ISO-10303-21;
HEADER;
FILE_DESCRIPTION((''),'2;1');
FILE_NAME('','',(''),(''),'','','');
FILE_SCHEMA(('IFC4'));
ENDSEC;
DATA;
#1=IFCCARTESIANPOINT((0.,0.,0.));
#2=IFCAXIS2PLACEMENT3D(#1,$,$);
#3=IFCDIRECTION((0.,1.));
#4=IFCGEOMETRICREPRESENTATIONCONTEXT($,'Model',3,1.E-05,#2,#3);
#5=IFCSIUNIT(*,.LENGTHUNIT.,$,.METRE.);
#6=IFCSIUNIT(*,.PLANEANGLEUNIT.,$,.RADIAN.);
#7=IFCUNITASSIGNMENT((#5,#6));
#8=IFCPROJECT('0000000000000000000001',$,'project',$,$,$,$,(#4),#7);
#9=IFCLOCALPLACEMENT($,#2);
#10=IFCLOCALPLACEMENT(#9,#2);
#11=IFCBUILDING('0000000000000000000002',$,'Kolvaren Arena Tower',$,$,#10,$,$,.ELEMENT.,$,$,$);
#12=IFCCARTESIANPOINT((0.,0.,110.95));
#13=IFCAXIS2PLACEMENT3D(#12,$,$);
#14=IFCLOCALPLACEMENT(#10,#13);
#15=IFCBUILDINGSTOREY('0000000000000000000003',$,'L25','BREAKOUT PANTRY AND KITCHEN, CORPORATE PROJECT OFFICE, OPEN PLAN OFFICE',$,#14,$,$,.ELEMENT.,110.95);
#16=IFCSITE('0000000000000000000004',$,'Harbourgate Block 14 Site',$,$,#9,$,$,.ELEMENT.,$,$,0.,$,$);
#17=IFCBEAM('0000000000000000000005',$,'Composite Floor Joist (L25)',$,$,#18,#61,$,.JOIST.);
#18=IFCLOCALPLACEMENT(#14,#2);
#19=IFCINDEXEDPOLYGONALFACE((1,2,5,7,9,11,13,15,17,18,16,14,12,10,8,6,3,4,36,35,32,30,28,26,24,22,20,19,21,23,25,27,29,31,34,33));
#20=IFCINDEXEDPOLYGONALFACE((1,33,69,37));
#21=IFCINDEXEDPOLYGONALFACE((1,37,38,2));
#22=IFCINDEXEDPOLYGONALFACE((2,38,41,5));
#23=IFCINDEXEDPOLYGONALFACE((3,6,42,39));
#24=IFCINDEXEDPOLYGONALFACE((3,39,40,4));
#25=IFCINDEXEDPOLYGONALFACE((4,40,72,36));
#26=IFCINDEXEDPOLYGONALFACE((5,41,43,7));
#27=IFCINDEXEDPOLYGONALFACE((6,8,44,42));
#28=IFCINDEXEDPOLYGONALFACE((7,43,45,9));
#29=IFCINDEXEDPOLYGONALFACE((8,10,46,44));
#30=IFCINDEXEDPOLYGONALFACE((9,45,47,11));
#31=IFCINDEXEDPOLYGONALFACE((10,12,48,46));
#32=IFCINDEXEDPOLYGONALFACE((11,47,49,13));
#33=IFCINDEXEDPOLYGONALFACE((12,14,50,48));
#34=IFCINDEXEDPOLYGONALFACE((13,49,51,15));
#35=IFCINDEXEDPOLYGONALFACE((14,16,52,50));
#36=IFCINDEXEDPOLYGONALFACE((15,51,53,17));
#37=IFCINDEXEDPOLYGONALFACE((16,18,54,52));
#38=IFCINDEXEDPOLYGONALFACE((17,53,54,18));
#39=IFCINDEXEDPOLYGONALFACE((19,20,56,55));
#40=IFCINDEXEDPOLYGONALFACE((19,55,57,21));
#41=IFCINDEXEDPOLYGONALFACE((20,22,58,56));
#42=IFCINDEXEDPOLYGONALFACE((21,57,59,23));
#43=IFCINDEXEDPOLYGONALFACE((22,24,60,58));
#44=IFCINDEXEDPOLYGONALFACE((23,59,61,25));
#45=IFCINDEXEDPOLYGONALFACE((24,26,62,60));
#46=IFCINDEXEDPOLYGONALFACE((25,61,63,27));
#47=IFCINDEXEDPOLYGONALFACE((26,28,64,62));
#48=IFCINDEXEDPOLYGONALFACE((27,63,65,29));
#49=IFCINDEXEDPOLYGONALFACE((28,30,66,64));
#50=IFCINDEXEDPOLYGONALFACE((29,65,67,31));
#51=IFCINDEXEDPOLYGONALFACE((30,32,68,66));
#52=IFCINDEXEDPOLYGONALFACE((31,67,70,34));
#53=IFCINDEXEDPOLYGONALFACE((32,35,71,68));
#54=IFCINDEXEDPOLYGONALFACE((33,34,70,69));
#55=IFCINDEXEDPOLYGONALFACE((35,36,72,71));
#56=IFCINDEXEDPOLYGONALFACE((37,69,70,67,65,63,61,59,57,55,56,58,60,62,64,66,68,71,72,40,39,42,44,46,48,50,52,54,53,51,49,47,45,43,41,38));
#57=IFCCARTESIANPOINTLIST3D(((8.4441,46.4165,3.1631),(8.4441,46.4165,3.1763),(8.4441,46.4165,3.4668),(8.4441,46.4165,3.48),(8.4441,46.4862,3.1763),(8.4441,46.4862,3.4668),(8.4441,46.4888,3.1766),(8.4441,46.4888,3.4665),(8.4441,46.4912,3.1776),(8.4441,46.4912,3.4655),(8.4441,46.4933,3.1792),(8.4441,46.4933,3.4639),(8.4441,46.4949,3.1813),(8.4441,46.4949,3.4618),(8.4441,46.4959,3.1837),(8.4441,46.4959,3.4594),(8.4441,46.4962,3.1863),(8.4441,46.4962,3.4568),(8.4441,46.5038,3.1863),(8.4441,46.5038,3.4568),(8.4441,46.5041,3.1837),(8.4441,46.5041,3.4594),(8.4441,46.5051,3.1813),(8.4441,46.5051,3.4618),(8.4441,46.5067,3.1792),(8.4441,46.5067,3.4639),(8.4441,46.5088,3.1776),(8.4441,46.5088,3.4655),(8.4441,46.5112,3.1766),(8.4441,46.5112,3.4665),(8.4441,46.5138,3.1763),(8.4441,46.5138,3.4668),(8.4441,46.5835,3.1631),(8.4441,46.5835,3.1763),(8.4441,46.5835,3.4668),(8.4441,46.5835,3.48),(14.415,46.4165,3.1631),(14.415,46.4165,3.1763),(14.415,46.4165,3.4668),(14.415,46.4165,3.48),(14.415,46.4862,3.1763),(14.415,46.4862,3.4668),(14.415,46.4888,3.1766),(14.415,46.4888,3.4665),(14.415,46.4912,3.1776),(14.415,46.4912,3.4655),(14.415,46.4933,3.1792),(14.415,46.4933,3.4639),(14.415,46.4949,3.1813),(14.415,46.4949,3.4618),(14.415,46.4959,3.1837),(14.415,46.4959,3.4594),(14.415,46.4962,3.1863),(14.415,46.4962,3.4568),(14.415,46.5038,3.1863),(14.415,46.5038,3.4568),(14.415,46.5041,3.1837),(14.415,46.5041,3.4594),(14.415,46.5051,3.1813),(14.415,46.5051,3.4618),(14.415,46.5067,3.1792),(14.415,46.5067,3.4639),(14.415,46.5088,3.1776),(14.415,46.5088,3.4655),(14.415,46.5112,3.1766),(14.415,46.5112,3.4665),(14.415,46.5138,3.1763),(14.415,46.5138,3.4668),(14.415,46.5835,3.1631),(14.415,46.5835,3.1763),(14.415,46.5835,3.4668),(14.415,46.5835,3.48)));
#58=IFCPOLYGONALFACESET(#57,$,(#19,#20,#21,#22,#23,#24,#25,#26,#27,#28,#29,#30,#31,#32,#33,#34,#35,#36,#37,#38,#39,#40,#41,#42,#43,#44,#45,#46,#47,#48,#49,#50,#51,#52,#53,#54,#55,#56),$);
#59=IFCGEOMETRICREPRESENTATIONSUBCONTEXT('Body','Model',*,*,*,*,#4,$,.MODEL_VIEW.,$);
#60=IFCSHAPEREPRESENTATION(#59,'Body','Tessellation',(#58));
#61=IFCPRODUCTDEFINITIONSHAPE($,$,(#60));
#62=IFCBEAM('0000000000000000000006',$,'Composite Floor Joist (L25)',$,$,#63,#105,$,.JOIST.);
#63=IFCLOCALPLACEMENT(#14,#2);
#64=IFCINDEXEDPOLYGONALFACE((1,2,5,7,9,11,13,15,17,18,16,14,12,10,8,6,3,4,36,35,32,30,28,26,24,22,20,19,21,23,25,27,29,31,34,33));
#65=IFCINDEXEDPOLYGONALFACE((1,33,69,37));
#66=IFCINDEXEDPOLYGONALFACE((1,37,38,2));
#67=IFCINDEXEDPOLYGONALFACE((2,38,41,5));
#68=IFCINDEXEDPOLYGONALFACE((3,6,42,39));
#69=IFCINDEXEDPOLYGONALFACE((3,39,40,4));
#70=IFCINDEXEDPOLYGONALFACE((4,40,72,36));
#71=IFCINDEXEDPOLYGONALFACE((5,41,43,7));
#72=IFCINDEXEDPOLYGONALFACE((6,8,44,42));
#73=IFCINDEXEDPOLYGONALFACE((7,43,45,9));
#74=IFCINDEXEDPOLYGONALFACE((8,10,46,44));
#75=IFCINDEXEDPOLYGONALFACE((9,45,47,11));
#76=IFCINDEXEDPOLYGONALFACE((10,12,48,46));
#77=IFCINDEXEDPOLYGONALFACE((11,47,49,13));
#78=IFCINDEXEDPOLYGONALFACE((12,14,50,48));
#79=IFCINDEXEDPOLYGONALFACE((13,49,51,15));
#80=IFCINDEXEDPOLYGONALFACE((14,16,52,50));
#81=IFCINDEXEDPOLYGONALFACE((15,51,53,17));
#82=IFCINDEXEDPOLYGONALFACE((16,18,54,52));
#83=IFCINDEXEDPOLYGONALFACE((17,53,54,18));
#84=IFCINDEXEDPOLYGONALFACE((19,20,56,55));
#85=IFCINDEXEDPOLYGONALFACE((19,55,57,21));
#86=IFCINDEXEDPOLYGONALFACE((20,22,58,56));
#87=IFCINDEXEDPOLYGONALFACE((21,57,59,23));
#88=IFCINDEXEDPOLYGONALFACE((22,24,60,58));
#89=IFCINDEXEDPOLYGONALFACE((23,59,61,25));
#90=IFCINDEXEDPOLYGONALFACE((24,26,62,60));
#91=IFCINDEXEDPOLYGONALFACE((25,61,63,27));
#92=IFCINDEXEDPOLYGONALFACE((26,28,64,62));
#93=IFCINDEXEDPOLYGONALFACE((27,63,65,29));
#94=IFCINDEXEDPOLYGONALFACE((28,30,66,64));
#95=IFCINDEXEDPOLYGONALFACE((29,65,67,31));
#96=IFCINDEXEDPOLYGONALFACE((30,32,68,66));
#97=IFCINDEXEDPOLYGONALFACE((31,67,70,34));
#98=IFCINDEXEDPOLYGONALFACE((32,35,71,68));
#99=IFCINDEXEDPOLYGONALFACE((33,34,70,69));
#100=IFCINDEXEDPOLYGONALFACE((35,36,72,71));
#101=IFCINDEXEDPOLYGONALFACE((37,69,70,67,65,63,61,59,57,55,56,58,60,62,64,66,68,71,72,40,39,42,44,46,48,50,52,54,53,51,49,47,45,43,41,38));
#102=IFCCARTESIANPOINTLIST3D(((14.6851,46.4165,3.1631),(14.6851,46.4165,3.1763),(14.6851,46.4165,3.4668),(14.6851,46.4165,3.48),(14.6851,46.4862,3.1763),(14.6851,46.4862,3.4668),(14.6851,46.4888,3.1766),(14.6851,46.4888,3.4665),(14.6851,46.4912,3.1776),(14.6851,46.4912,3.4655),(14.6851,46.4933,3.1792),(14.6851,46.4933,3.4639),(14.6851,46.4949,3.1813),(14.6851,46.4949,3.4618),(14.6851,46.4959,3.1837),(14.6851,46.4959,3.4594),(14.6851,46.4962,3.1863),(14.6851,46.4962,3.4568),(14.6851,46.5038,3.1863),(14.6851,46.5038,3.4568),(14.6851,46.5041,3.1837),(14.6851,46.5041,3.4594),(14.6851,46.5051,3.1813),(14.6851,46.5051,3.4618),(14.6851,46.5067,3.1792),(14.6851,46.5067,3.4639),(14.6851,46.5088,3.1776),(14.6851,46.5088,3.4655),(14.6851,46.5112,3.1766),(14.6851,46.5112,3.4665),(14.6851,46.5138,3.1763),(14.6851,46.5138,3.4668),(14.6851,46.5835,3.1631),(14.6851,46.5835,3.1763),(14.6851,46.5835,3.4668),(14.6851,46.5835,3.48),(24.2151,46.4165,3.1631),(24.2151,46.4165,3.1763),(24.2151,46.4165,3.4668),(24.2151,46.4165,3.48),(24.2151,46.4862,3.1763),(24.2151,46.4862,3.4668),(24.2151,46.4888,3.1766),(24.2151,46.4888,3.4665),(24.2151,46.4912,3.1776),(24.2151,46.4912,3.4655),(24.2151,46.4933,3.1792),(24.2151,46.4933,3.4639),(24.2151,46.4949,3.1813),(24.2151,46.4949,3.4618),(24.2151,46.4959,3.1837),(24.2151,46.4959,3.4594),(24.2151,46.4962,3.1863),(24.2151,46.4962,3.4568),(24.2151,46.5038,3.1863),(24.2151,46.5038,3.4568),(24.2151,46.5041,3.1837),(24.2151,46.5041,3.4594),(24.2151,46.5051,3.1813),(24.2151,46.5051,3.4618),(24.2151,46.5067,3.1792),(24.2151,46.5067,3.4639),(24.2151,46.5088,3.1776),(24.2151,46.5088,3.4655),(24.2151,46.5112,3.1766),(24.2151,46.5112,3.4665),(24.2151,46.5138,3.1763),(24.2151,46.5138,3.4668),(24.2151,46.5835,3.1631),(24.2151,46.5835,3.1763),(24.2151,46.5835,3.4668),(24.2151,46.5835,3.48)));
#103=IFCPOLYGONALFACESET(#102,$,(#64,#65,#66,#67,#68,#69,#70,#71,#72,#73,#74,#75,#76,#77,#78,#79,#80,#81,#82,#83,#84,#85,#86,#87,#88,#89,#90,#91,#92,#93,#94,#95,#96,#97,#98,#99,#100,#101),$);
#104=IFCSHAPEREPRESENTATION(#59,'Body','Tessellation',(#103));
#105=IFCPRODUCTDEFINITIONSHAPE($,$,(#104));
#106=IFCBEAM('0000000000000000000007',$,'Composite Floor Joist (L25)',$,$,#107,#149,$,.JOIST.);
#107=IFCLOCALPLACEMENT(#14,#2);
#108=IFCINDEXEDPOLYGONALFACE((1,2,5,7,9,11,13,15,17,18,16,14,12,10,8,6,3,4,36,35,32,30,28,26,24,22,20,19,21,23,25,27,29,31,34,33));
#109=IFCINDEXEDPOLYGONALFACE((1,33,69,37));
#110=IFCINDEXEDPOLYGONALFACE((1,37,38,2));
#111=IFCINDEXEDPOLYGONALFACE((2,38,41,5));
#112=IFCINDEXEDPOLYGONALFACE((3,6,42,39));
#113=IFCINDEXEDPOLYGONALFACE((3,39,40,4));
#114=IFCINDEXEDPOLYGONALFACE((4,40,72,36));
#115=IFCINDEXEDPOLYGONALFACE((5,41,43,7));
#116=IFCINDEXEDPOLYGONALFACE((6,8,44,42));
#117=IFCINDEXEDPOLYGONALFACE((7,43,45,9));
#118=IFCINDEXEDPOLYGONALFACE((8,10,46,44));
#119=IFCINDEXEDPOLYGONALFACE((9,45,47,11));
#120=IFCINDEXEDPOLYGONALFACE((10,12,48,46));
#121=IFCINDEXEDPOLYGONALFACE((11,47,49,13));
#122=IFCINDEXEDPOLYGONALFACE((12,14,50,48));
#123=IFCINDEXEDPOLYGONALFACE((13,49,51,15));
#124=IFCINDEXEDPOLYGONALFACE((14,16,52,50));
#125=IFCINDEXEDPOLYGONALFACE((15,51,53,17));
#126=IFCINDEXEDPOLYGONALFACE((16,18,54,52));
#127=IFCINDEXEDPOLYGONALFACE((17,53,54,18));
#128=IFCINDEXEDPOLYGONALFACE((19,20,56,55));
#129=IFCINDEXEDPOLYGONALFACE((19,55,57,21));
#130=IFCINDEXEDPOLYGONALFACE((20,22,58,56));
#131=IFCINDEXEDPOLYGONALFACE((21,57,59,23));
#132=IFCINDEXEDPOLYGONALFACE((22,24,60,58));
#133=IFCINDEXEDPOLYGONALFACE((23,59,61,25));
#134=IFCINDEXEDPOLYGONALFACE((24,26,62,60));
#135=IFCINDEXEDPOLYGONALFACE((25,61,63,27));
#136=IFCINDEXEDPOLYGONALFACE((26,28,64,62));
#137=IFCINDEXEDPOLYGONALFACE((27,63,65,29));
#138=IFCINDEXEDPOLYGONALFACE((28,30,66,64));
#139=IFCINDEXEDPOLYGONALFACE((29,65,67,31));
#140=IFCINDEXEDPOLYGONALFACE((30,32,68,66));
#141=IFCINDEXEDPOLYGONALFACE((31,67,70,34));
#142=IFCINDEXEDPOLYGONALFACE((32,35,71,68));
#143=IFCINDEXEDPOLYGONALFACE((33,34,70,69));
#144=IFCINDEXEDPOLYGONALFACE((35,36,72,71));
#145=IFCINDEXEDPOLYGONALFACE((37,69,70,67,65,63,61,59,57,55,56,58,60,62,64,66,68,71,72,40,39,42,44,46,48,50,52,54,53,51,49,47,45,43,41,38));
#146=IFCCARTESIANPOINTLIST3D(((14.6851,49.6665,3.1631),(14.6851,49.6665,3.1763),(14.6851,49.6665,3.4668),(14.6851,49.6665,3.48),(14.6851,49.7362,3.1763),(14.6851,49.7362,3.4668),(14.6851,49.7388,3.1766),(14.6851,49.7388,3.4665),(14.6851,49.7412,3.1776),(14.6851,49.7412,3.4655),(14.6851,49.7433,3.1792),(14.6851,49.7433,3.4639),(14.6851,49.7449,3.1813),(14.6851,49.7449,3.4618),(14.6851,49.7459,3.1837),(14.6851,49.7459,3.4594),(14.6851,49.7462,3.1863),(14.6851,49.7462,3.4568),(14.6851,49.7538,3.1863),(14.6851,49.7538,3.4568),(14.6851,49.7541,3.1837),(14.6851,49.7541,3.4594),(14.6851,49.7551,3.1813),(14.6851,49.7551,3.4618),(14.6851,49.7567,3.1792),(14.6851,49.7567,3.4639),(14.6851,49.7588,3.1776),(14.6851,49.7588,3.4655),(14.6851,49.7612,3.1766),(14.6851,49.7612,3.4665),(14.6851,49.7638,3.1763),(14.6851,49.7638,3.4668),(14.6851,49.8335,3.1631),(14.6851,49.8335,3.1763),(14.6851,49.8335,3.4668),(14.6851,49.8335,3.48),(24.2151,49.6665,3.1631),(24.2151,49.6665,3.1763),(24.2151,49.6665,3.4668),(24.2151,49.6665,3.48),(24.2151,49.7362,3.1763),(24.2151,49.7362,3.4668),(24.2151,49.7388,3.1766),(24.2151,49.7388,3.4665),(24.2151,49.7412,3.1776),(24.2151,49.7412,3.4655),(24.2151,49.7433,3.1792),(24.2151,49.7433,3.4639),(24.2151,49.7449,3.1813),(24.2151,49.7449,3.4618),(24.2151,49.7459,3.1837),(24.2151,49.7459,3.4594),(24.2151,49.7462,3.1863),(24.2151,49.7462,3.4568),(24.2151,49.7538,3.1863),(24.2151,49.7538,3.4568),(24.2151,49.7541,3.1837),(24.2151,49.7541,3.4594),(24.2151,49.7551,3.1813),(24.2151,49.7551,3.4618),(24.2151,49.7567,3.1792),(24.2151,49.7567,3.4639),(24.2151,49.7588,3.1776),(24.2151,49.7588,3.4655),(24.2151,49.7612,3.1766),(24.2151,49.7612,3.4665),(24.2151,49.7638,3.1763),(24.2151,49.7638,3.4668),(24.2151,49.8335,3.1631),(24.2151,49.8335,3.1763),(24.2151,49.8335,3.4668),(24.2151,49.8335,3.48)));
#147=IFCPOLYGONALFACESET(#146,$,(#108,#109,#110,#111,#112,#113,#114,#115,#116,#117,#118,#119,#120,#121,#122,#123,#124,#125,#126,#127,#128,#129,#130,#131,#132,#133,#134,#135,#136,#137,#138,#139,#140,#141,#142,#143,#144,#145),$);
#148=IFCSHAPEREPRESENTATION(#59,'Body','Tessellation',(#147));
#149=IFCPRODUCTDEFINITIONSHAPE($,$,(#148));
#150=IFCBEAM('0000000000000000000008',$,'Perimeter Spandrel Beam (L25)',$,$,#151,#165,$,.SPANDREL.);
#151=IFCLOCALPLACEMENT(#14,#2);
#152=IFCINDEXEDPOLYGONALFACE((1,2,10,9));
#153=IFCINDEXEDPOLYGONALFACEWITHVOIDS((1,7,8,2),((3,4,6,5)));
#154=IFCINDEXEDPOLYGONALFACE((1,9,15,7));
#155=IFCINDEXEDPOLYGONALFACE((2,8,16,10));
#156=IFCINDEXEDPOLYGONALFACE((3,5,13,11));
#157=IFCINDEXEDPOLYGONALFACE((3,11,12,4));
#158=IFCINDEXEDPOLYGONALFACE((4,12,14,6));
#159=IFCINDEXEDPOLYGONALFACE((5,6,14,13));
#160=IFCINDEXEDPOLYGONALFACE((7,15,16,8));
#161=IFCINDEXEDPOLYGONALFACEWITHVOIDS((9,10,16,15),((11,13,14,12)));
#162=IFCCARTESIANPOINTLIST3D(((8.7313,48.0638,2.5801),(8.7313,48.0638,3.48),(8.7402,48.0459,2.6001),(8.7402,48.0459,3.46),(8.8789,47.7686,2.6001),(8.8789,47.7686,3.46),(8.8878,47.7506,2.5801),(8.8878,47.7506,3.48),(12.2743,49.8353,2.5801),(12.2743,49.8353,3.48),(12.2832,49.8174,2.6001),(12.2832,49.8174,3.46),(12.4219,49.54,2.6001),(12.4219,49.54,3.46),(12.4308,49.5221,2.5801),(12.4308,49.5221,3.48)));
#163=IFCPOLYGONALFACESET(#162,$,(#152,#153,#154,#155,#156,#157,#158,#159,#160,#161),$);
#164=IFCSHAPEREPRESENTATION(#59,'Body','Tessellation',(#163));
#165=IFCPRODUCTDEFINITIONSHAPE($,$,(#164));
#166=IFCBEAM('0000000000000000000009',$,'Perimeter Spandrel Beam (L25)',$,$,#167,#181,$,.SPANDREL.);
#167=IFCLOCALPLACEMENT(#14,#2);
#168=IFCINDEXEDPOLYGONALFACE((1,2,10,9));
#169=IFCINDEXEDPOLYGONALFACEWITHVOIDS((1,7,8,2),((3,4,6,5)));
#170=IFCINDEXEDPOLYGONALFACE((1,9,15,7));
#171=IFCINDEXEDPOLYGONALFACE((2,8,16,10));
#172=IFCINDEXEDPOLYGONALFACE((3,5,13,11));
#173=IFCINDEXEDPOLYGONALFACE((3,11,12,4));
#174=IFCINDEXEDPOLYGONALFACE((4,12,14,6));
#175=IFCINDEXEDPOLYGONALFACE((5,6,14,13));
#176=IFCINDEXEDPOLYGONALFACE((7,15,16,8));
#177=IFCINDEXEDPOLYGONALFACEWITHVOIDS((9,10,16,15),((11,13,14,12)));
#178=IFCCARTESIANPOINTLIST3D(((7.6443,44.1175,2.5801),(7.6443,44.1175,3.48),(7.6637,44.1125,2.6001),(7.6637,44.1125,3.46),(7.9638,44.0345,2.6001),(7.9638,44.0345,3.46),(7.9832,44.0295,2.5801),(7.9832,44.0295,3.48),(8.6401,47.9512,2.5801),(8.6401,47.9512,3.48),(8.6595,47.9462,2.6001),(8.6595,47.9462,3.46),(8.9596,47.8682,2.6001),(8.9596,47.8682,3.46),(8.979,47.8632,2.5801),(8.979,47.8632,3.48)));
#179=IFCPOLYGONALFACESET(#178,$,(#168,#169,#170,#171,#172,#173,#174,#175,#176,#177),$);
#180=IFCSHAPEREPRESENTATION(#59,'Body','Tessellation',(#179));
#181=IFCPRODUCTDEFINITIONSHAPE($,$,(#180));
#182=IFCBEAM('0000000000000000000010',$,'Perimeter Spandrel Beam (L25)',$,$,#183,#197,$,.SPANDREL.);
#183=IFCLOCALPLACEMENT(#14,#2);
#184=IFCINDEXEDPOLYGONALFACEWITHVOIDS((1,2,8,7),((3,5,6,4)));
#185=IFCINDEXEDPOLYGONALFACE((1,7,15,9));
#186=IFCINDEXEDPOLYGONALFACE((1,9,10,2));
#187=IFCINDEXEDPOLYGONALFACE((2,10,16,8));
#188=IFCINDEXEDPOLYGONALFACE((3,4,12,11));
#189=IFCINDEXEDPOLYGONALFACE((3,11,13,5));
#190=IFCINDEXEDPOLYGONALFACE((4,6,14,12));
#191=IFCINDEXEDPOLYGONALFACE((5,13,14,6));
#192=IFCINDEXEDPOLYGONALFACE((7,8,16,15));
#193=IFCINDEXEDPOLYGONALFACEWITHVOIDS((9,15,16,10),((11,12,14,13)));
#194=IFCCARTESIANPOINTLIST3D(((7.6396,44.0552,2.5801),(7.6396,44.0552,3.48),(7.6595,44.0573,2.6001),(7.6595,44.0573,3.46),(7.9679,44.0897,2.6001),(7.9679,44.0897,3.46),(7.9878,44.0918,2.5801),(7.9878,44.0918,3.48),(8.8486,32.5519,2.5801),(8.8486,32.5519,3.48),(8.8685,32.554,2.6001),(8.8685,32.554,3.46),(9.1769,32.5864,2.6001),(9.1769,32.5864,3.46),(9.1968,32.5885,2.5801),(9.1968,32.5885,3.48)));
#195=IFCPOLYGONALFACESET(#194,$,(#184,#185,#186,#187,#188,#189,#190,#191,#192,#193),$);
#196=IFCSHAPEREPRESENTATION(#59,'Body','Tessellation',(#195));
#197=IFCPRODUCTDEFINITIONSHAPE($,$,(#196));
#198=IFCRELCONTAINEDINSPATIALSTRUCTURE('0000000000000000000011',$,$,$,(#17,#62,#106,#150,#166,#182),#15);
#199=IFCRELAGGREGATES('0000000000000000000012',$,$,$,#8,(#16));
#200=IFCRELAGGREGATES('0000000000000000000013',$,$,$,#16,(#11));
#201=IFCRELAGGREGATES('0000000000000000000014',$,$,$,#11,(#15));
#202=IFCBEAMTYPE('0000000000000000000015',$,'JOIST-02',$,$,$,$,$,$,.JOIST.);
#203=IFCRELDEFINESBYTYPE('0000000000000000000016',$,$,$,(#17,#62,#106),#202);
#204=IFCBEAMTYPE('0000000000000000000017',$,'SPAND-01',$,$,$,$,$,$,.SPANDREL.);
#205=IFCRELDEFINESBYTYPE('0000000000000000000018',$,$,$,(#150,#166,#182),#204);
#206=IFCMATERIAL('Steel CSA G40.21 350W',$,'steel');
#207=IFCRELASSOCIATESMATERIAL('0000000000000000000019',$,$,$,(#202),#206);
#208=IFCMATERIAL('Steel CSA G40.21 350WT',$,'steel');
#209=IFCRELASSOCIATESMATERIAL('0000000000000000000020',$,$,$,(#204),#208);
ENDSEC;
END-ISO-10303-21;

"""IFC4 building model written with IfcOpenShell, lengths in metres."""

from ifc_helpers import new_model, si_unit, direction, frame, origin, origin_2d, place, context, subcontext, project, spatial, hollow_rectangle, i_section, extrude, material, material_profile, profile_set, type_object, element, save


model = new_model("IFC4")

# Units and contexts
model_context = context("Model", 3, precision=1e-05, world=origin(), true_north=direction((0.0, 1.0)))
body_context = subcontext(model_context, "Body", "Model", "MODEL_VIEW")
ifc_project = project(units=[si_unit("LENGTHUNIT", "METRE"), si_unit("PLANEANGLEUNIT", "RADIAN")], contexts=[model_context])

# Site, building, storey
site_placement = place(None, origin())
site = spatial("IfcSite", under=ifc_project, at=site_placement, Name="Harbourgate Block 14 Site", CompositionType="ELEMENT", RefElevation=0.0)
building_placement = place(site_placement, origin())
building = spatial("IfcBuilding", under=site, at=building_placement, Name="Kolvaren Arena Tower", CompositionType="ELEMENT")
storey_placement = place(building_placement, frame((0.0, 0.0, 110.95)))
storey = spatial("IfcBuildingStorey", under=building, at=storey_placement, Name="L25", Description="BREAKOUT PANTRY AND KITCHEN, CORPORATE PROJECT OFFICE, OPEN PLAN OFFICE", CompositionType="ELEMENT", Elevation=110.95)

# Beams
ifc_material_1 = material(Name="Steel CSA G40.21 350W", Category="steel")
ifc_material_profile_1 = material_profile(ifc_material_1, i_section(OverallWidth=0.167, OverallDepth=0.3169, WebThickness=0.0076, FlangeThickness=0.0132, FilletRadius=0.01, at=origin_2d()), Name="W310x52")
ifc_profile_set_1 = profile_set([ifc_material_profile_1], Name="Steel CSA G40.21 350W")
beam_type_1 = type_object("IfcBeamType", Name="JOIST-02", PredefinedType="JOIST", material=ifc_profile_set_1)
beam_1_placement = place(storey_placement, frame((8.4441, 46.5, 3.3215), z_axis=(1.0, 0.0, 0.0), x_axis=(0.0, 1.0, 0.0)))
element("IfcBeam", 1, at=beam_1_placement, inside=storey, type_object=beam_type_1, Name="Composite Floor Joist (L25)", PredefinedType="JOIST", context=body_context, shape_type="SweptSolid", body=[
    extrude(i_section(OverallWidth=0.167, OverallDepth=0.3169, WebThickness=0.0076, FlangeThickness=0.0132, FilletRadius=0.01, at=origin_2d()), origin(), (0.0, 0.0, 1.0), 5.9709),
])
for number, where, z_axis, x_axis, name in (
    (2, (14.6851, 46.5, 3.3215), (1.0, 0.0, 0.0), (0.0, 1.0, 0.0), "Composite Floor Joist (L25)"),
    (3, (14.6851, 49.75, 3.3215), (1.0, 0.0, 0.0), (0.0, 1.0, 0.0), "Composite Floor Joist (L25)"),
):
    element("IfcBeam", number, at=place(storey_placement, frame(where, z_axis=z_axis, x_axis=x_axis)), inside=storey, type_object=beam_type_1, Name=name, PredefinedType="JOIST", context=body_context, shape_type="SweptSolid", body=[
        extrude(i_section(OverallWidth=0.167, OverallDepth=0.3169, WebThickness=0.0076, FlangeThickness=0.0132, FilletRadius=0.01, at=origin_2d()), origin(), (0.0, 0.0, 1.0), 9.53),
    ])
ifc_material_2 = material(Name="Steel CSA G40.21 350WT", Category="steel")
ifc_material_profile_2 = material_profile(ifc_material_2, hollow_rectangle(XDim=0.3501, YDim=0.8999, WallThickness=0.02, at=origin_2d()), Name="HSS 900x350x20")
ifc_profile_set_2 = profile_set([ifc_material_profile_2], Name="Steel CSA G40.21 350WT")
beam_type_2 = type_object("IfcBeamType", Name="SPAND-01", PredefinedType="SPANDREL", material=ifc_profile_set_2)
beam_2_placement = place(storey_placement, frame((12.3525, 49.6787, 3.03), z_axis=(-0.894427, -0.447214, 0.0), x_axis=(0.447214, -0.894427, 0.0)))
element("IfcBeam", 4, at=beam_2_placement, inside=storey, type_object=beam_type_2, Name="Perimeter Spandrel Beam (L25)", PredefinedType="SPANDREL", context=body_context, shape_type="SweptSolid", body=[
    extrude(hollow_rectangle(XDim=0.3501, YDim=0.8999, WallThickness=0.02, at=origin_2d()), origin(), (0.0, 0.0, 1.0), 3.9612),
])
beam_3_placement = place(storey_placement, frame((8.8096, 47.9072, 3.03), z_axis=(-0.251416, -0.967879, 0.0), x_axis=(0.967879, -0.251416, 0.0)))
element("IfcBeam", 5, at=beam_3_placement, inside=storey, type_object=beam_type_2, Name="Perimeter Spandrel Beam (L25)", PredefinedType="SPANDREL", context=body_context, shape_type="SweptSolid", body=[
    extrude(hollow_rectangle(XDim=0.3501, YDim=0.8999, WallThickness=0.02, at=origin_2d()), origin(), (0.0, 0.0, 1.0), 3.9609),
])
beam_4_placement = place(storey_placement, frame((7.8137, 44.0735, 3.03), z_axis=(0.104524, -0.994522, 0.0), x_axis=(0.994522, 0.104524, 0.0)))
element("IfcBeam", 6, at=beam_4_placement, inside=storey, type_object=beam_type_2, Name="Perimeter Spandrel Beam (L25)", PredefinedType="SPANDREL", context=body_context, shape_type="SweptSolid", body=[
    extrude(hollow_rectangle(XDim=0.3501, YDim=0.8999, WallThickness=0.02, at=origin_2d()), origin(), (0.0, 0.0, 1.0), 11.5667),
])

save(model, "model.ifc")
